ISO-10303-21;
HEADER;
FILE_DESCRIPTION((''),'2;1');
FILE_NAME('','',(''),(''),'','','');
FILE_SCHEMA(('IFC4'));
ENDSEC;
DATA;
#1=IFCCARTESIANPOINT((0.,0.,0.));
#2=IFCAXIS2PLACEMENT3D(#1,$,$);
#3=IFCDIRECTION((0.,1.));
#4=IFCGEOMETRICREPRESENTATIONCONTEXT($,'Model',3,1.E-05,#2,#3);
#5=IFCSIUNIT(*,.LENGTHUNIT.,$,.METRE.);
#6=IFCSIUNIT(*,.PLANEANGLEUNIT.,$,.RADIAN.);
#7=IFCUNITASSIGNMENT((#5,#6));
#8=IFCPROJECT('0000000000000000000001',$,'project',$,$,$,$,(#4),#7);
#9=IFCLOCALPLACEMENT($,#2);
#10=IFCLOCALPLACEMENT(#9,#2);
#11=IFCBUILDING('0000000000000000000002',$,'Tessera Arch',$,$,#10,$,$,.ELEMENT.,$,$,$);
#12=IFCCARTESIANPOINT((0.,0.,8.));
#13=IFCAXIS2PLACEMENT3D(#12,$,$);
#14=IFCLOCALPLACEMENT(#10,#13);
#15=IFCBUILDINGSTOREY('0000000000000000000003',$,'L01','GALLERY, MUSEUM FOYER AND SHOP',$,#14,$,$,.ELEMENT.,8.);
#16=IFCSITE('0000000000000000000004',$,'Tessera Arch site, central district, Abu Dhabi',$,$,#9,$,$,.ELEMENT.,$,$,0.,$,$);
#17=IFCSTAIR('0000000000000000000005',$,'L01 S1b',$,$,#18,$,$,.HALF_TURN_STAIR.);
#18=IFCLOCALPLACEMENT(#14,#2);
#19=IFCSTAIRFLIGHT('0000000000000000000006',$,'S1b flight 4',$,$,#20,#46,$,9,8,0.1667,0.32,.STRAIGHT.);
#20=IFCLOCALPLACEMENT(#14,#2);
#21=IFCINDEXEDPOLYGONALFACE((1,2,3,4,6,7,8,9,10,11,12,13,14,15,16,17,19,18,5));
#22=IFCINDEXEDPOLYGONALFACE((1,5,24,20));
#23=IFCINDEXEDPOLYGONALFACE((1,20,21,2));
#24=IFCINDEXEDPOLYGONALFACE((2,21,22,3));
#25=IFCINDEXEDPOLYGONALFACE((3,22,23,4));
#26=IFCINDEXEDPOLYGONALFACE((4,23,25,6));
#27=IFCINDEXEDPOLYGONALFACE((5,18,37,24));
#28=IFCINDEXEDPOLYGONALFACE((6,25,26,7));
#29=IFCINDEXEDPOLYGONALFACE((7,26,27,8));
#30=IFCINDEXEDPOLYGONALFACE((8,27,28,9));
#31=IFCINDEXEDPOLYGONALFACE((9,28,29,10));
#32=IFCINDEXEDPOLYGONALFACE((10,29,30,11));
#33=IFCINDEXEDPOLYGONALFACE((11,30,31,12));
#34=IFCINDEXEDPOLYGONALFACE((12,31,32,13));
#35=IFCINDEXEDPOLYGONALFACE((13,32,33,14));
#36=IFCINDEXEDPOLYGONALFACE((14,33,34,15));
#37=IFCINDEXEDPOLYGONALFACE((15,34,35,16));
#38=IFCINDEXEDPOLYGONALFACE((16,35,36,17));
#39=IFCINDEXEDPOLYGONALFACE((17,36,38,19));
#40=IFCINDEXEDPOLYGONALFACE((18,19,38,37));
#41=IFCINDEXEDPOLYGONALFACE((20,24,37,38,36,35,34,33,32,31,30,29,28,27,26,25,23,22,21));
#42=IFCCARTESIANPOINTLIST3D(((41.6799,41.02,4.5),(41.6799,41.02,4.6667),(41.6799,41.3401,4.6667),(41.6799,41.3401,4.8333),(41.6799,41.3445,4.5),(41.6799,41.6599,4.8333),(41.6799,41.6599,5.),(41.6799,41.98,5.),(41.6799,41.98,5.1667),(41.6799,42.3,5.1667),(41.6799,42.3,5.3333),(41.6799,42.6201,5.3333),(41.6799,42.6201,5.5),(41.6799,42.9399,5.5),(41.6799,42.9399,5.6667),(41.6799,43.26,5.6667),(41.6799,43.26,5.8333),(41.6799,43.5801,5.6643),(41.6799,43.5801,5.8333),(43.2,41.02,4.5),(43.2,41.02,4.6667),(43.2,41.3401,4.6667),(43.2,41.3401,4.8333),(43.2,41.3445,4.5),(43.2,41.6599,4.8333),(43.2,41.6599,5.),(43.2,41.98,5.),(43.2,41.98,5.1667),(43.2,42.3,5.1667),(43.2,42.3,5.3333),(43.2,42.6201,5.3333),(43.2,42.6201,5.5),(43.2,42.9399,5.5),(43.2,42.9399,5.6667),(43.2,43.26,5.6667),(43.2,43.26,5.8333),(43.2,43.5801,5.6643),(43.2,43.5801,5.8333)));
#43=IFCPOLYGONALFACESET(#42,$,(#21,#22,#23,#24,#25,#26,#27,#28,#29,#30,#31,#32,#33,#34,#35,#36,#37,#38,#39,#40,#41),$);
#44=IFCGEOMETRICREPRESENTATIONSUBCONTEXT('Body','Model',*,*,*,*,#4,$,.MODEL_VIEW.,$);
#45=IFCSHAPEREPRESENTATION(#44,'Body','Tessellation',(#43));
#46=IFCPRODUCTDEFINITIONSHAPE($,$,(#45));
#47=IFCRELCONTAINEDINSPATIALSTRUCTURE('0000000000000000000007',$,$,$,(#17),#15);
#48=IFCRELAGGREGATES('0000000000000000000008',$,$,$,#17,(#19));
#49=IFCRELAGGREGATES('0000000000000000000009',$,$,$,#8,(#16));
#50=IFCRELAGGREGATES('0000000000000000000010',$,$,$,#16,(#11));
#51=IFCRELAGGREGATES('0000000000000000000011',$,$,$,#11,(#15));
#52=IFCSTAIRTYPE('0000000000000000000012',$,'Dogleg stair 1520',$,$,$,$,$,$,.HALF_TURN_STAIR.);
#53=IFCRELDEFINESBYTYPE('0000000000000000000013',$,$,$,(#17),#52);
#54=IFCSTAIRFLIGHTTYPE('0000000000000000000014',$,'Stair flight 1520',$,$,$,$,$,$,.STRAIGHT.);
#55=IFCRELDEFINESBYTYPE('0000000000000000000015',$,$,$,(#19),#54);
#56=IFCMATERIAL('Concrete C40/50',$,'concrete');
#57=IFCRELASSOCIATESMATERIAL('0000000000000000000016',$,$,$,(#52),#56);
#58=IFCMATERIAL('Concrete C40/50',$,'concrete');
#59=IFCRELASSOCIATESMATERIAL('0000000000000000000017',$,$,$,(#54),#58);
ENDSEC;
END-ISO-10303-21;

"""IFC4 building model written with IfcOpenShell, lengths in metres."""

from ifc_helpers import new_model, si_unit, direction, frame, origin, place, context, subcontext, project, spatial, polyline, outline, extrude, material, type_object, element, aggregate, save


model = new_model("IFC4")

# Units and contexts
model_context = context("Model", 3, precision=1e-05, world=origin(), true_north=direction((0.0, 1.0)))
body_context = subcontext(model_context, "Body", "Model", "MODEL_VIEW")
ifc_project = project(units=[si_unit("LENGTHUNIT", "METRE"), si_unit("PLANEANGLEUNIT", "RADIAN")], contexts=[model_context])

# Site, building, storey
site_placement = place(None, origin())
site = spatial("IfcSite", under=ifc_project, at=site_placement, Name="Tessera Arch site, central district, Abu Dhabi", CompositionType="ELEMENT", RefElevation=0.0)
building_placement = place(site_placement, origin())
building = spatial("IfcBuilding", under=site, at=building_placement, Name="Tessera Arch", CompositionType="ELEMENT")
storey_placement = place(building_placement, frame((0.0, 0.0, 8.0)))
storey = spatial("IfcBuildingStorey", under=building, at=storey_placement, Name="L01", Description="GALLERY, MUSEUM FOYER AND SHOP", CompositionType="ELEMENT", Elevation=8.0)

# Stair, stair flight
ifc_material_1 = material(Name="Concrete C40/50", Category="concrete")
stair_type = type_object("IfcStairType", Name="Dogleg stair 1520", PredefinedType="HALF_TURN_STAIR", material=ifc_material_1)
ifc_material_2 = material(Name="Concrete C40/50", Category="concrete")
stair_flight_type = type_object("IfcStairFlightType", Name="Stair flight 1520", PredefinedType="STRAIGHT", material=ifc_material_2)
stair_1_placement = place(storey_placement, origin())
stair_1 = element("IfcStair", 1, at=stair_1_placement, inside=storey, type_object=stair_type, Name="L01 S1b", PredefinedType="HALF_TURN_STAIR")
stair_flight_1_placement = place(storey_placement, frame((42.4399, 41.02, 4.5), z_axis=(0.0, 0.0, 1.0), x_axis=(0.0, 1.0, 0.0)))
stair_flight_1 = element("IfcStairFlight", 2, at=stair_flight_1_placement, type_object=stair_flight_type, Name="S1b flight 4", NumberOfRisers=9, NumberOfTreads=8, PredefinedType="STRAIGHT", RiserHeight=0.1667, TreadLength=0.32, context=body_context, shape_type="SweptSolid", body=[
    extrude(outline(polyline([(0.0, 0.0), (0.0, 0.1667), (0.3201, 0.1667), (0.3201, 0.3333), (0.6399, 0.3333), (0.6399, 0.5), (0.96, 0.5), (0.96, 0.6667), (1.28, 0.6667), (1.28, 0.8333), (1.6001, 0.8333), (1.6001, 1.0), (1.9199, 1.0), (1.9199, 1.1667), (2.24, 1.1667), (2.24, 1.3333), (2.5601, 1.3333), (2.5601, 1.5), (2.5601, 1.1643), (0.3245, 0.0), (0.0, 0.0)])), frame((0.0, 0.76, 0.0), z_axis=(0.0, -1.0, 0.0), x_axis=(1.0, 0.0, 0.0)), (0.0, 0.0, 1.0), 1.52),
])
aggregate(stair_1, [stair_flight_1])

save(model, "model.ifc")
